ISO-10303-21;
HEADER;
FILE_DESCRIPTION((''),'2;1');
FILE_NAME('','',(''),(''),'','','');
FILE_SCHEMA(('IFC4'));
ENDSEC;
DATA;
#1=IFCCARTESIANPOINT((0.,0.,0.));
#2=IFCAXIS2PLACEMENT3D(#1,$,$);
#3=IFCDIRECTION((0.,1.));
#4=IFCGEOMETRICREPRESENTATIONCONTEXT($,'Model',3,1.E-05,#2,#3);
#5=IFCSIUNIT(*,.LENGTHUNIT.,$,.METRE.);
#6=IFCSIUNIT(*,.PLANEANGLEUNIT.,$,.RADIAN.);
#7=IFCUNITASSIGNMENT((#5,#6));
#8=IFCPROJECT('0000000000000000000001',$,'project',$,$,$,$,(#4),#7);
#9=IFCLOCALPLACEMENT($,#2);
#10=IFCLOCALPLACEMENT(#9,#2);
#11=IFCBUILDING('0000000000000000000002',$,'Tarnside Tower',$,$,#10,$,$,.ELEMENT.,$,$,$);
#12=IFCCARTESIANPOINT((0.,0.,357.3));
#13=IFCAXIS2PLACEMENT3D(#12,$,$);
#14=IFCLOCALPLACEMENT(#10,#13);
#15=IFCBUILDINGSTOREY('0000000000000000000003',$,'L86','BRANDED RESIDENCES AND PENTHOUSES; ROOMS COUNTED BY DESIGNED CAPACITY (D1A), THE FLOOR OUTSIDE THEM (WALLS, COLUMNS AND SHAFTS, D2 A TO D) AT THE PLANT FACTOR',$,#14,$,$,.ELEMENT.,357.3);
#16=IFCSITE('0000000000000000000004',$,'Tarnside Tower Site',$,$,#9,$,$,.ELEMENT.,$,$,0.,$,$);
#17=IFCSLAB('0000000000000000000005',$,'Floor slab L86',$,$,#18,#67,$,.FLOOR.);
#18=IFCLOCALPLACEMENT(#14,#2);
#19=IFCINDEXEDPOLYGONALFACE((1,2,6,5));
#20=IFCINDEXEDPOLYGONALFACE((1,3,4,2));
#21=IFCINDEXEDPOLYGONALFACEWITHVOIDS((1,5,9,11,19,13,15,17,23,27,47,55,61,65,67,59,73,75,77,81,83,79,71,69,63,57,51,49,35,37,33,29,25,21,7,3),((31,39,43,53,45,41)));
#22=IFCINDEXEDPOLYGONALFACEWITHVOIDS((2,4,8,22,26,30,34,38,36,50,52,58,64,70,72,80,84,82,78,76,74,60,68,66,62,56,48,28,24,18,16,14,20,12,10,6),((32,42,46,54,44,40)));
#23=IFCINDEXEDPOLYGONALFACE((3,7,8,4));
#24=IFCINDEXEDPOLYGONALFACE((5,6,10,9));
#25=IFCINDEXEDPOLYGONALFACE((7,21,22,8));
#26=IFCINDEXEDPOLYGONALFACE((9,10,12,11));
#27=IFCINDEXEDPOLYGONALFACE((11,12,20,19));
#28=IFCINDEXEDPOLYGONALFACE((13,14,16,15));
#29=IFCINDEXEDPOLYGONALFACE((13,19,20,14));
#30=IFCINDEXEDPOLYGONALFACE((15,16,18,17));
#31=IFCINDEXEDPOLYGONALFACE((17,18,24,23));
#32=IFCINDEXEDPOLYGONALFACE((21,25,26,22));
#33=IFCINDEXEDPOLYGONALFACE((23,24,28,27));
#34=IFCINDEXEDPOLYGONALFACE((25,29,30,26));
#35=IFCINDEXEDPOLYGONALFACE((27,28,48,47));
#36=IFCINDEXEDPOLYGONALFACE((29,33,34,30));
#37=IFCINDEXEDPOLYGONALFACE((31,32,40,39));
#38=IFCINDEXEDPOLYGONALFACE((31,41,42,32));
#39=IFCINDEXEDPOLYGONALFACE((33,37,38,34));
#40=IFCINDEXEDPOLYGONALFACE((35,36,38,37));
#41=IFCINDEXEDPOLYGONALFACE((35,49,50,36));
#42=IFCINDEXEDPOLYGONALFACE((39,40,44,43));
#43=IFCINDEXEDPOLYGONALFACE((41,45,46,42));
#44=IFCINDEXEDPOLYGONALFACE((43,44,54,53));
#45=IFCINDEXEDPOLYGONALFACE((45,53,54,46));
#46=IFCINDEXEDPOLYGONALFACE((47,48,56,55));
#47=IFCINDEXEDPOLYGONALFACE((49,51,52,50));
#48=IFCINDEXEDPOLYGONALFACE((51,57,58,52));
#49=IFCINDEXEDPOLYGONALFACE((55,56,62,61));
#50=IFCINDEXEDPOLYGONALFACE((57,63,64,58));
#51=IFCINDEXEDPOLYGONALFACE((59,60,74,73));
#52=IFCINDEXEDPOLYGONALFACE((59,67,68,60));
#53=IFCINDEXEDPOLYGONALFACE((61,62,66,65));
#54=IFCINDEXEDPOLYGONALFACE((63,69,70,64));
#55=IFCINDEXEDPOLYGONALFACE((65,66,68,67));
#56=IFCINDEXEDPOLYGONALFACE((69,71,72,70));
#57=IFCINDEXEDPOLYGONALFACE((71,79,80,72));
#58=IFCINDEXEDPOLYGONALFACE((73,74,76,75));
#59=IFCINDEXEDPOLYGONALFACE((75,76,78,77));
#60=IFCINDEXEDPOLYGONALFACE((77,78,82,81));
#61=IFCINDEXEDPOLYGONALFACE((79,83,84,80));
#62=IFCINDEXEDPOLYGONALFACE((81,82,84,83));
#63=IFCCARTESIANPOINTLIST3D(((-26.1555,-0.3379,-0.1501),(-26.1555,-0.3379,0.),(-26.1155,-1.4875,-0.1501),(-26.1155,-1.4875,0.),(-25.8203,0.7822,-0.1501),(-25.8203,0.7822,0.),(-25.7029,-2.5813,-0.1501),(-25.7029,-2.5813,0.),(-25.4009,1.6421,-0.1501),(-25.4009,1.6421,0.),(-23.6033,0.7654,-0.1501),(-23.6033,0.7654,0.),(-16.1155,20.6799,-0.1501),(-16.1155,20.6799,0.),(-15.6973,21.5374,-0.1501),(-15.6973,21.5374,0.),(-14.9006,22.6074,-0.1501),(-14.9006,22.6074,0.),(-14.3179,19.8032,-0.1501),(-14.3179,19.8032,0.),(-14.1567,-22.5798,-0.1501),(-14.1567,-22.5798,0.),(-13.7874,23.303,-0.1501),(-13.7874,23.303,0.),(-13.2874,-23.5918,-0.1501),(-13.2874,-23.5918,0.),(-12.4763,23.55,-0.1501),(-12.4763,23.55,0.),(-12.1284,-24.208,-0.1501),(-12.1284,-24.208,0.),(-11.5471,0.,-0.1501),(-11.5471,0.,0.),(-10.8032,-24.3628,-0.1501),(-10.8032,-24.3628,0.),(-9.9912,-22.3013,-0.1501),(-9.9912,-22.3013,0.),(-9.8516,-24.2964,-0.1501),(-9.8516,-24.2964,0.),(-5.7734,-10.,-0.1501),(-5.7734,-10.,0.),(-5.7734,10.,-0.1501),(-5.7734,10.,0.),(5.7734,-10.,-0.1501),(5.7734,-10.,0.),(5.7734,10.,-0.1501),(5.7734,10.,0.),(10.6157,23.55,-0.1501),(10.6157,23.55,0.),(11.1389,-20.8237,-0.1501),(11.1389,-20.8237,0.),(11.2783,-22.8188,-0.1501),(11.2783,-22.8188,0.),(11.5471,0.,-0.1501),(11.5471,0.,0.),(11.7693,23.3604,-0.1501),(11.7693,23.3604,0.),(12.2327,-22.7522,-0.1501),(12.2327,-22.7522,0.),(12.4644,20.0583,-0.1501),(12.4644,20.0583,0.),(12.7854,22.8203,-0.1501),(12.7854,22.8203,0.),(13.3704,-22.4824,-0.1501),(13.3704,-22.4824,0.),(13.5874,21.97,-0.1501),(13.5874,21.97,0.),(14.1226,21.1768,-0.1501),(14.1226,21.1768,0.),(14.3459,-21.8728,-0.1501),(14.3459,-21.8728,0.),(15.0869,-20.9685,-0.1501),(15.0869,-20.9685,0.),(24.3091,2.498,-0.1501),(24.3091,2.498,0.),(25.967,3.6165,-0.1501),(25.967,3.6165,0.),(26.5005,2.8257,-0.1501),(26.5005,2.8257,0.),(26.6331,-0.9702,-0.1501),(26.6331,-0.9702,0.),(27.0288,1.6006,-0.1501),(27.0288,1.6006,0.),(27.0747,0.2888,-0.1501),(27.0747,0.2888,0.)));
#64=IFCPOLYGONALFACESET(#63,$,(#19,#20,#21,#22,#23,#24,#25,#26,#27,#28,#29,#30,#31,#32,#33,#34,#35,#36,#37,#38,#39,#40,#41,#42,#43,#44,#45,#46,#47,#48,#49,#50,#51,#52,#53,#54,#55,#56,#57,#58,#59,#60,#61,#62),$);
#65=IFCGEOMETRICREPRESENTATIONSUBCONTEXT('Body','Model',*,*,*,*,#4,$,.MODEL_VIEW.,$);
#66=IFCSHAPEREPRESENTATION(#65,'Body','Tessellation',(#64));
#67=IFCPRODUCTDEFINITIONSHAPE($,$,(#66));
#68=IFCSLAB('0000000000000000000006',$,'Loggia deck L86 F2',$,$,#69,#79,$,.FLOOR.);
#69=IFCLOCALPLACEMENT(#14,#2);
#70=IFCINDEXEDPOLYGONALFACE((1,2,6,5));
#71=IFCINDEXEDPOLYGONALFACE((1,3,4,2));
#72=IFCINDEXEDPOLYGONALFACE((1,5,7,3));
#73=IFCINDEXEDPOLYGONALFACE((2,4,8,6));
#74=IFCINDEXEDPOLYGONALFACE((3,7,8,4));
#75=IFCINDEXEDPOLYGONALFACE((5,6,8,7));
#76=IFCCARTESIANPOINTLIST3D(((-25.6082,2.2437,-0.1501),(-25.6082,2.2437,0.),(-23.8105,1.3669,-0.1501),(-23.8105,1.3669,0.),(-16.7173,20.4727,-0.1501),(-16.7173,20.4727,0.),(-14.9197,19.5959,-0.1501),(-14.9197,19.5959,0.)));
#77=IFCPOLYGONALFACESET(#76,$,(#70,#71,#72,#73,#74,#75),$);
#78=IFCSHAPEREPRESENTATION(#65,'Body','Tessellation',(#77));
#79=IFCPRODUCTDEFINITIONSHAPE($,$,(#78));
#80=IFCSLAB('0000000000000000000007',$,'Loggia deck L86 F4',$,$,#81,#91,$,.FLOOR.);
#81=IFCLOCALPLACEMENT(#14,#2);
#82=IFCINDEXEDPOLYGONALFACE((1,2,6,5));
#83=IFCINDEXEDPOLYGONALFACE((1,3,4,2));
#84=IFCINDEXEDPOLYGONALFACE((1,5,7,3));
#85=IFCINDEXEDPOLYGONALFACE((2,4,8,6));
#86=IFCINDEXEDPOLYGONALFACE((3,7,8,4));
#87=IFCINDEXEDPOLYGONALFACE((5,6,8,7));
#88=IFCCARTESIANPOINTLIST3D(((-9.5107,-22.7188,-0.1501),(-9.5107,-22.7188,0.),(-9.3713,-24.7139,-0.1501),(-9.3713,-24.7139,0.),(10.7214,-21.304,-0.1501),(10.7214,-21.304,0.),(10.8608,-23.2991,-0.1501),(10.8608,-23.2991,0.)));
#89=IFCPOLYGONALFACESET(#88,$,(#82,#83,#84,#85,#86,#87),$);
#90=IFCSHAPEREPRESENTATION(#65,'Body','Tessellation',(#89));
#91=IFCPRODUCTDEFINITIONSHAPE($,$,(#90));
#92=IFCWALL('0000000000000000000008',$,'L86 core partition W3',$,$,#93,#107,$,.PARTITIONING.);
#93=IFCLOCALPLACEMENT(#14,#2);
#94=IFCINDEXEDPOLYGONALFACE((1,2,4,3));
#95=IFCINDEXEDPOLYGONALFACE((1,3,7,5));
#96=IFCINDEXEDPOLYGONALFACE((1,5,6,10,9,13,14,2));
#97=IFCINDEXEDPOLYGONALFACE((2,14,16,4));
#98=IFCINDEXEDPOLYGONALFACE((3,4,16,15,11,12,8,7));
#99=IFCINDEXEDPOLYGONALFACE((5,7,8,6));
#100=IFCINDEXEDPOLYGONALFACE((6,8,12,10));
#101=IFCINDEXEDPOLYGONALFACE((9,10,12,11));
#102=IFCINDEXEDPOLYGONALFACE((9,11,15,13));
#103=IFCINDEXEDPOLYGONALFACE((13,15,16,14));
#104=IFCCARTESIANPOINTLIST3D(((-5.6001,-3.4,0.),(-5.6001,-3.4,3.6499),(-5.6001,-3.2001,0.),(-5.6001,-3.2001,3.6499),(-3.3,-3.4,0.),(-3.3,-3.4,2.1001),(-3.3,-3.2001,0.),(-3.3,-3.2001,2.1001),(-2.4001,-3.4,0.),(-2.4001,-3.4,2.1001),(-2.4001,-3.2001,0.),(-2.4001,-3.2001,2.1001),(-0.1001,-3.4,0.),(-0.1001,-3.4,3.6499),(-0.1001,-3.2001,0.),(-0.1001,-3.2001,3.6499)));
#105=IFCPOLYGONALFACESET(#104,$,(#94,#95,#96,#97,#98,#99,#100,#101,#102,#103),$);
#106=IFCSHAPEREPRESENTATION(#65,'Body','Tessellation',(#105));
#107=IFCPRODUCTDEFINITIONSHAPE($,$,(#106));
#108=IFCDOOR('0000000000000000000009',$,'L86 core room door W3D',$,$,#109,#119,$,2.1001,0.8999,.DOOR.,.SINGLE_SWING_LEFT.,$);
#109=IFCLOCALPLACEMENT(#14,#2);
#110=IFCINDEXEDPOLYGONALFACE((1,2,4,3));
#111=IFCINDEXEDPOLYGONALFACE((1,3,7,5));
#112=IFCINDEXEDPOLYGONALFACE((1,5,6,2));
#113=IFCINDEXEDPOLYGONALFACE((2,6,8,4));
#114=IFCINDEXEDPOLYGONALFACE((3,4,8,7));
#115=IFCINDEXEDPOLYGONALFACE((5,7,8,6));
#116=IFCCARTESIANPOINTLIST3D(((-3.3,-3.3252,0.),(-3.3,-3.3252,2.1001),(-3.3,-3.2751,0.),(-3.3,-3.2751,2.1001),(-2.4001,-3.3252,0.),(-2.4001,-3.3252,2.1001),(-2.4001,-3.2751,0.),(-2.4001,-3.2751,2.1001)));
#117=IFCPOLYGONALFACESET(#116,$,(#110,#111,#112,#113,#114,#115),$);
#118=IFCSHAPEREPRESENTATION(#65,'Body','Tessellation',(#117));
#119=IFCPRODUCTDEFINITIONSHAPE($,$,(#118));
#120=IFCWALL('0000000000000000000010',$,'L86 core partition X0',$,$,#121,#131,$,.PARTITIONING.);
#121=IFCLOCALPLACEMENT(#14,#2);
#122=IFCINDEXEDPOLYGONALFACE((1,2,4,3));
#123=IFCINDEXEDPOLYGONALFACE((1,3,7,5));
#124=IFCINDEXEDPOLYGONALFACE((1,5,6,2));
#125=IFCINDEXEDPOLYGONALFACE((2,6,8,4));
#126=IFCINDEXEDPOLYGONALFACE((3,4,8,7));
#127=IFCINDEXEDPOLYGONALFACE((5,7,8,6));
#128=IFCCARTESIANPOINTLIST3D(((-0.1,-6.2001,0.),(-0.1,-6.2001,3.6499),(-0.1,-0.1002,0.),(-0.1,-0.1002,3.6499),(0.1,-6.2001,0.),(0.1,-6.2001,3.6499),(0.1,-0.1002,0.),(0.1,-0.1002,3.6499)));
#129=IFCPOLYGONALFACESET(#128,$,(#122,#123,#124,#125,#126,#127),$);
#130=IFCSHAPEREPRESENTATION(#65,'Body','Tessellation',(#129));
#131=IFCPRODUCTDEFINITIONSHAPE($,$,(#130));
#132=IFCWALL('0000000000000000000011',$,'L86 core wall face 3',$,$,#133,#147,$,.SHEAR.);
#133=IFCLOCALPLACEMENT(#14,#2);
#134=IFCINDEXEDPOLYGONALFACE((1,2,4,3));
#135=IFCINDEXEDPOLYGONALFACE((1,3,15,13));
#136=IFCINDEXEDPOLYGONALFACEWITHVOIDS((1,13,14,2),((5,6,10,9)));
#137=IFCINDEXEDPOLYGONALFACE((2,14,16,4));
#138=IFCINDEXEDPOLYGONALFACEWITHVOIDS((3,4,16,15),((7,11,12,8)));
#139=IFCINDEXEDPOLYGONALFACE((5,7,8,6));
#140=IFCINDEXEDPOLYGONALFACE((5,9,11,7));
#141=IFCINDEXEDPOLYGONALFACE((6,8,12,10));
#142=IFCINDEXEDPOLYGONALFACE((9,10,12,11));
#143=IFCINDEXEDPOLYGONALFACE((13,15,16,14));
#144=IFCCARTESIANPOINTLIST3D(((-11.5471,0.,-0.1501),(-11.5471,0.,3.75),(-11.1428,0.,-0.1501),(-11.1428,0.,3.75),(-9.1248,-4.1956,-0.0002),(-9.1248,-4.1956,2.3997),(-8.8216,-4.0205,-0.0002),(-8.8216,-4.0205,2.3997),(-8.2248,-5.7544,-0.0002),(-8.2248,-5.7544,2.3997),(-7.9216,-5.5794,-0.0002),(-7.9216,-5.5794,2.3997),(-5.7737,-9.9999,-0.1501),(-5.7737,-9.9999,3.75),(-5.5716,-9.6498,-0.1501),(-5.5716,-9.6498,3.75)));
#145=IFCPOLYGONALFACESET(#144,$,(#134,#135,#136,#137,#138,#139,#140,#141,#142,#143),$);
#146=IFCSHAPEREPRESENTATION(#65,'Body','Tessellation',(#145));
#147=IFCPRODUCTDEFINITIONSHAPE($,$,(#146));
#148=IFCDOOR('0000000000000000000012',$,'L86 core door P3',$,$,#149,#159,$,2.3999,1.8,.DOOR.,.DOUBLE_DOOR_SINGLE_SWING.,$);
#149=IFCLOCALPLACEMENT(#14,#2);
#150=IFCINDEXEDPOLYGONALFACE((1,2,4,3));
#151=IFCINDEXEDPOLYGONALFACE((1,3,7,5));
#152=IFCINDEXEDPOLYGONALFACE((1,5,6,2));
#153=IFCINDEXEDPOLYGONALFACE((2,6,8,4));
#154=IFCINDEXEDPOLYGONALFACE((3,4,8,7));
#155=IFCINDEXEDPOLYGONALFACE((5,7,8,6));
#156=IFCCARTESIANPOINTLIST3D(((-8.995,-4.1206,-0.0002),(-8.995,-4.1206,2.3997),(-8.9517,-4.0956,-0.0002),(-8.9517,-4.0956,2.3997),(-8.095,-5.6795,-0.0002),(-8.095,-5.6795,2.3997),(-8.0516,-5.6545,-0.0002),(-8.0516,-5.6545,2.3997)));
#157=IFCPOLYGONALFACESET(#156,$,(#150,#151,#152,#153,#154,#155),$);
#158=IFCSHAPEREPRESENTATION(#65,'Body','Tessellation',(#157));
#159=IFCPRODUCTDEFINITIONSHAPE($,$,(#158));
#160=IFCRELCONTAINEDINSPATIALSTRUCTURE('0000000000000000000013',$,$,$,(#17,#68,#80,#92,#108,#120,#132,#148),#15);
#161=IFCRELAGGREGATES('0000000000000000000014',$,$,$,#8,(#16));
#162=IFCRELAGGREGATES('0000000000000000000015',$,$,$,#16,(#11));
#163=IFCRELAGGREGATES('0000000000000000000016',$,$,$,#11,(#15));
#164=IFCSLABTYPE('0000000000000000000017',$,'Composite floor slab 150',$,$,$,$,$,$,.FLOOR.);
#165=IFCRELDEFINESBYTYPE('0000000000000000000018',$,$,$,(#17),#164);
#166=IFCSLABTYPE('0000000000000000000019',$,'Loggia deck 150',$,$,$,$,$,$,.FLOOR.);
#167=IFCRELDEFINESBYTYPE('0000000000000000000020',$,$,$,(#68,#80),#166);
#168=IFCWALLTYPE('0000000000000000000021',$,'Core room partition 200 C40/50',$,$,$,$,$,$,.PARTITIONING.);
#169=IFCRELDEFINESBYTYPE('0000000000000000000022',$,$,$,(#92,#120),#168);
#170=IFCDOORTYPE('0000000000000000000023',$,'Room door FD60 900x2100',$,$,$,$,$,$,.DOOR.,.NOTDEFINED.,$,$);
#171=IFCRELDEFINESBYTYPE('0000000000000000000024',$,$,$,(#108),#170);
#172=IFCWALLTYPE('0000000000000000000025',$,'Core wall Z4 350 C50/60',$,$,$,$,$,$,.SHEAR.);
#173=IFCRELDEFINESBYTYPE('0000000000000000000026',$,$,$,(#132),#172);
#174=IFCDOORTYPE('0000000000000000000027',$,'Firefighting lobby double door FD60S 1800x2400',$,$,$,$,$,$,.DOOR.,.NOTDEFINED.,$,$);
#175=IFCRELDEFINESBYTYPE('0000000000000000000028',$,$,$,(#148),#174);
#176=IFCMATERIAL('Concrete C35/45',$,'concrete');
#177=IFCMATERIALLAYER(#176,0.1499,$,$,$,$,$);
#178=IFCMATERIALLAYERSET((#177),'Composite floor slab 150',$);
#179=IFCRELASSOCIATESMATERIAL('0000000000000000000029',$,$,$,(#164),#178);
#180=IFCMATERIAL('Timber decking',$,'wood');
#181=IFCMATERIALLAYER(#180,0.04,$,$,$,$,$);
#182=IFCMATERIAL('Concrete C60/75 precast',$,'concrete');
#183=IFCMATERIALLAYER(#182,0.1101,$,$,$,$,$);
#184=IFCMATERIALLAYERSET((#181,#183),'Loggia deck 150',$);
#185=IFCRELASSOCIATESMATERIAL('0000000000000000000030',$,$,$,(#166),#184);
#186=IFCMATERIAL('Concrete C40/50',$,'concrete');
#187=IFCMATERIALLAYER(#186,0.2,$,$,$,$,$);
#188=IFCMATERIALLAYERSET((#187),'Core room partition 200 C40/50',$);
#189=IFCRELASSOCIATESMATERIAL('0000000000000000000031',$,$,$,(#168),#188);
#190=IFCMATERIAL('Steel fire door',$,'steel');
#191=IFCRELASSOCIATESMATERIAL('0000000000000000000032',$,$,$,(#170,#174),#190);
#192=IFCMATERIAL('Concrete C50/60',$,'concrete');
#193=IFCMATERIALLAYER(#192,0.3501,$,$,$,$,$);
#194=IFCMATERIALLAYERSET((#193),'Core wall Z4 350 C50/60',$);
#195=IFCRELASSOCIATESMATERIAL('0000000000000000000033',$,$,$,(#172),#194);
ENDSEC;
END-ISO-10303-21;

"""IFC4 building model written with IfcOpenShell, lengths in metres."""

from ifc_helpers import new_model, si_unit, direction, frame, frame_2d, origin, place, context, subcontext, project, spatial, polyline, rectangle, outline, extrude, material, layer, layer_set, type_object, element, fill, save


model = new_model("IFC4")

# Units and contexts
model_context = context("Model", 3, precision=1e-05, world=origin(), true_north=direction((0.0, 1.0)))
body_context = subcontext(model_context, "Body", "Model", "MODEL_VIEW")
ifc_project = project(units=[si_unit("LENGTHUNIT", "METRE"), si_unit("PLANEANGLEUNIT", "RADIAN")], contexts=[model_context])

# Site, building, storey
site_placement = place(None, origin())
site = spatial("IfcSite", under=ifc_project, at=site_placement, Name="Tarnside Tower Site", CompositionType="ELEMENT", RefElevation=0.0)
building_placement = place(site_placement, origin())
building = spatial("IfcBuilding", under=site, at=building_placement, Name="Tarnside Tower", CompositionType="ELEMENT")
storey_placement = place(building_placement, frame((0.0, 0.0, 357.3)))
storey = spatial("IfcBuildingStorey", under=building, at=storey_placement, Name="L86", Description="BRANDED RESIDENCES AND PENTHOUSES; ROOMS COUNTED BY DESIGNED CAPACITY (D1A), THE FLOOR OUTSIDE THEM (WALLS, COLUMNS AND SHAFTS, D2 A TO D) AT THE PLANT FACTOR", CompositionType="ELEMENT", Elevation=357.3)

# Slabs
ifc_material_1 = material(Name="Concrete C35/45", Category="concrete")
ifc_layer_1 = layer(ifc_material_1, 0.1499)
ifc_layer_set_1 = layer_set([ifc_layer_1], Name="Composite floor slab 150")
slab_type_1 = type_object("IfcSlabType", Name="Composite floor slab 150", PredefinedType="FLOOR", material=ifc_layer_set_1)
slab_1_placement = place(storey_placement, frame((0.0, 0.0, -0.1501)))
element("IfcSlab", 1, at=slab_1_placement, inside=storey, type_object=slab_type_1, Name="Floor slab L86", PredefinedType="FLOOR", context=body_context, shape_type="SweptSolid", body=[
    extrude(outline(polyline([(11.7693, 23.3604), (12.7854, 22.8203), (13.5874, 21.97), (14.1226, 21.1768), (12.4644, 20.0583), (24.3091, 2.498), (25.967, 3.6165), (26.5005, 2.8257), (27.0288, 1.6006), (27.0747, 0.2888), (26.6331, -0.9702), (15.0869, -20.9685), (14.3459, -21.8728), (13.3704, -22.4824), (12.2327, -22.7522), (11.2783, -22.8188), (11.1389, -20.8237), (-9.9912, -22.3013), (-9.8516, -24.2964), (-10.8032, -24.3628), (-12.1284, -24.208), (-13.2874, -23.5918), (-14.1567, -22.5798), (-25.7029, -2.5813), (-26.1155, -1.4875), (-26.1555, -0.3379), (-25.8203, 0.7822), (-25.4009, 1.6421), (-23.6033, 0.7654), (-14.3179, 19.8032), (-16.1155, 20.6799), (-15.6973, 21.5374), (-14.9006, 22.6074), (-13.7874, 23.303), (-12.4763, 23.55), (10.6157, 23.55), (11.7693, 23.3604)]), holes=[polyline([(-11.5471, 0.0), (-5.7734, -10.0), (5.7734, -10.0), (11.5471, 0.0), (5.7734, 10.0), (-5.7734, 10.0), (-11.5471, 0.0)])]), origin(), (0.0, 0.0, 1.0), 0.1501),
])
ifc_material_2 = material(Name="Timber decking", Category="wood")
ifc_layer_2 = layer(ifc_material_2, 0.04)
ifc_material_3 = material(Name="Concrete C60/75 precast", Category="concrete")
ifc_layer_3 = layer(ifc_material_3, 0.1101)
ifc_layer_set_2 = layer_set([ifc_layer_2, ifc_layer_3], Name="Loggia deck 150")
slab_type_2 = type_object("IfcSlabType", Name="Loggia deck 150", PredefinedType="FLOOR", material=ifc_layer_set_2)
slab_2_placement = place(storey_placement, frame((0.0, 0.0, -0.1501)))
element("IfcSlab", 2, at=slab_2_placement, inside=storey, type_object=slab_type_2, Name="Loggia deck L86 F2", PredefinedType="FLOOR", context=body_context, shape_type="SweptSolid", body=[
    extrude(outline(polyline([(-14.9197, 19.5959), (-23.8105, 1.3669), (-25.6082, 2.2437), (-16.7173, 20.4727), (-14.9197, 19.5959)])), origin(), (0.0, 0.0, 1.0), 0.1501),
])
slab_3_placement = place(storey_placement, frame((0.0, 0.0, -0.1501)))
element("IfcSlab", 3, at=slab_3_placement, inside=storey, type_object=slab_type_2, Name="Loggia deck L86 F4", PredefinedType="FLOOR", context=body_context, shape_type="SweptSolid", body=[
    extrude(outline(polyline([(-9.5107, -22.7188), (10.7214, -21.304), (10.8608, -23.2991), (-9.3713, -24.7139), (-9.5107, -22.7188)])), origin(), (0.0, 0.0, 1.0), 0.1501),
])

# Wall, opening, door
ifc_material_4 = material(Name="Concrete C40/50", Category="concrete")
ifc_layer_4 = layer(ifc_material_4, 0.2)
ifc_layer_set_3 = layer_set([ifc_layer_4], Name="Core room partition 200 C40/50")
wall_type_1 = type_object("IfcWallType", Name="Core room partition 200 C40/50", PredefinedType="PARTITIONING", material=ifc_layer_set_3)
wall_1_placement = place(storey_placement, frame((-5.6001, -3.3, 0.0), z_axis=(0.0, 0.0, 1.0), x_axis=(1.0, 0.0, 0.0)))
wall_1 = element("IfcWall", 4, at=wall_1_placement, inside=storey, type_object=wall_type_1, Name="L86 core partition W3", PredefinedType="PARTITIONING", context=body_context, shape_type="SweptSolid", body=[
    extrude(rectangle(XDim=5.5, YDim=0.2, at=frame_2d((2.75, 0.0))), origin(), (0.0, 0.0, 1.0), 3.6499),
])
opening_1_placement = place(wall_1_placement, frame((2.3, 0.0, 0.0)))
opening_1 = element("IfcOpeningElement", 5, at=opening_1_placement, cuts=wall_1, PredefinedType="OPENING", context=body_context, shape_type="SweptSolid", body=[
    extrude(rectangle(XDim=0.8999, YDim=2.1001, at=frame_2d((0.45, 1.05))), frame((0.0, 0.1099, 0.0), z_axis=(0.0, -1.0, 0.0), x_axis=(1.0, 0.0, 0.0)), (0.0, 0.0, 1.0), 0.22),
])
ifc_material_5 = material(Name="Steel fire door", Category="steel")
door_type_1 = type_object("IfcDoorType", Name="Room door FD60 900x2100", OperationType="NOTDEFINED", PredefinedType="DOOR", material=ifc_material_5)
door_1_placement = place(opening_1_placement, origin())
door_1 = element("IfcDoor", 6, at=door_1_placement, inside=storey, type_object=door_type_1, Name="L86 core room door W3D", OperationType="SINGLE_SWING_LEFT", OverallHeight=2.1001, OverallWidth=0.8999, PredefinedType="DOOR", context=body_context, shape_type="SweptSolid", body=[
    extrude(rectangle(XDim=0.8999, YDim=2.1001, at=frame_2d((0.45, 1.05))), frame((0.0, 0.0249, 0.0), z_axis=(0.0, -1.0, 0.0), x_axis=(1.0, 0.0, 0.0)), (0.0, 0.0, 1.0), 0.05),
])
fill(opening_1, door_1)

# Wall
wall_2_placement = place(storey_placement, frame((0.0, -6.2, 0.0), z_axis=(0.0, 0.0, 1.0), x_axis=(0.0, 1.0, 0.0)))
element("IfcWall", 7, at=wall_2_placement, inside=storey, type_object=wall_type_1, Name="L86 core partition X0", PredefinedType="PARTITIONING", context=body_context, shape_type="SweptSolid", body=[
    extrude(rectangle(XDim=6.0999, YDim=0.2, at=frame_2d((3.0498, 0.0))), origin(), (0.0, 0.0, 1.0), 3.6499),
])

# Wall, opening, door
ifc_material_6 = material(Name="Concrete C50/60", Category="concrete")
ifc_layer_5 = layer(ifc_material_6, 0.3501)
ifc_layer_set_4 = layer_set([ifc_layer_5], Name="Core wall Z4 350 C50/60")
wall_type_2 = type_object("IfcWallType", Name="Core wall Z4 350 C50/60", PredefinedType="SHEAR", material=ifc_layer_set_4)
wall_3_placement = place(storey_placement, frame((-11.345, 0.0, -0.1501), z_axis=(0.0, 0.0, 1.0), x_axis=(0.499995, -0.866028, 0.0)))
wall_3 = element("IfcWall", 8, at=wall_3_placement, inside=storey, type_object=wall_type_2, Name="L86 core wall face 3", PredefinedType="SHEAR", context=body_context, shape_type="SweptSolid", body=[
    extrude(outline(polyline([(-0.1011, -0.175), (11.4458, -0.175), (11.2437, 0.175), (0.1011, 0.175), (-0.1011, -0.175)])), origin(), (0.0, 0.0, 1.0), 3.9001),
])
opening_2_placement = place(wall_3_placement, frame((4.7437, 0.0, 0.1499)))
opening_2 = element("IfcOpeningElement", 9, at=opening_2_placement, cuts=wall_3, PredefinedType="OPENING", context=body_context, shape_type="SweptSolid", body=[
    extrude(rectangle(XDim=1.8, YDim=2.3999, at=frame_2d((0.8999, 1.2))), frame((0.0, 0.1851, 0.0), z_axis=(0.0, -1.0, 0.0), x_axis=(1.0, 0.0, 0.0)), (0.0, 0.0, 1.0), 0.3701),
])
door_type_2 = type_object("IfcDoorType", Name="Firefighting lobby double door FD60S 1800x2400", OperationType="NOTDEFINED", PredefinedType="DOOR", material=ifc_material_5)
door_2_placement = place(opening_2_placement, origin())
door_2 = element("IfcDoor", 10, at=door_2_placement, inside=storey, type_object=door_type_2, Name="L86 core door P3", OperationType="DOUBLE_DOOR_SINGLE_SWING", OverallHeight=2.3999, OverallWidth=1.8, PredefinedType="DOOR", context=body_context, shape_type="SweptSolid", body=[
    extrude(rectangle(XDim=1.8, YDim=2.3999, at=frame_2d((0.8999, 1.2))), frame((0.0, 0.0249, 0.0), z_axis=(0.0, -1.0, 0.0), x_axis=(1.0, 0.0, 0.0)), (0.0, 0.0, 1.0), 0.05),
])
fill(opening_2, door_2)

save(model, "model.ifc")
